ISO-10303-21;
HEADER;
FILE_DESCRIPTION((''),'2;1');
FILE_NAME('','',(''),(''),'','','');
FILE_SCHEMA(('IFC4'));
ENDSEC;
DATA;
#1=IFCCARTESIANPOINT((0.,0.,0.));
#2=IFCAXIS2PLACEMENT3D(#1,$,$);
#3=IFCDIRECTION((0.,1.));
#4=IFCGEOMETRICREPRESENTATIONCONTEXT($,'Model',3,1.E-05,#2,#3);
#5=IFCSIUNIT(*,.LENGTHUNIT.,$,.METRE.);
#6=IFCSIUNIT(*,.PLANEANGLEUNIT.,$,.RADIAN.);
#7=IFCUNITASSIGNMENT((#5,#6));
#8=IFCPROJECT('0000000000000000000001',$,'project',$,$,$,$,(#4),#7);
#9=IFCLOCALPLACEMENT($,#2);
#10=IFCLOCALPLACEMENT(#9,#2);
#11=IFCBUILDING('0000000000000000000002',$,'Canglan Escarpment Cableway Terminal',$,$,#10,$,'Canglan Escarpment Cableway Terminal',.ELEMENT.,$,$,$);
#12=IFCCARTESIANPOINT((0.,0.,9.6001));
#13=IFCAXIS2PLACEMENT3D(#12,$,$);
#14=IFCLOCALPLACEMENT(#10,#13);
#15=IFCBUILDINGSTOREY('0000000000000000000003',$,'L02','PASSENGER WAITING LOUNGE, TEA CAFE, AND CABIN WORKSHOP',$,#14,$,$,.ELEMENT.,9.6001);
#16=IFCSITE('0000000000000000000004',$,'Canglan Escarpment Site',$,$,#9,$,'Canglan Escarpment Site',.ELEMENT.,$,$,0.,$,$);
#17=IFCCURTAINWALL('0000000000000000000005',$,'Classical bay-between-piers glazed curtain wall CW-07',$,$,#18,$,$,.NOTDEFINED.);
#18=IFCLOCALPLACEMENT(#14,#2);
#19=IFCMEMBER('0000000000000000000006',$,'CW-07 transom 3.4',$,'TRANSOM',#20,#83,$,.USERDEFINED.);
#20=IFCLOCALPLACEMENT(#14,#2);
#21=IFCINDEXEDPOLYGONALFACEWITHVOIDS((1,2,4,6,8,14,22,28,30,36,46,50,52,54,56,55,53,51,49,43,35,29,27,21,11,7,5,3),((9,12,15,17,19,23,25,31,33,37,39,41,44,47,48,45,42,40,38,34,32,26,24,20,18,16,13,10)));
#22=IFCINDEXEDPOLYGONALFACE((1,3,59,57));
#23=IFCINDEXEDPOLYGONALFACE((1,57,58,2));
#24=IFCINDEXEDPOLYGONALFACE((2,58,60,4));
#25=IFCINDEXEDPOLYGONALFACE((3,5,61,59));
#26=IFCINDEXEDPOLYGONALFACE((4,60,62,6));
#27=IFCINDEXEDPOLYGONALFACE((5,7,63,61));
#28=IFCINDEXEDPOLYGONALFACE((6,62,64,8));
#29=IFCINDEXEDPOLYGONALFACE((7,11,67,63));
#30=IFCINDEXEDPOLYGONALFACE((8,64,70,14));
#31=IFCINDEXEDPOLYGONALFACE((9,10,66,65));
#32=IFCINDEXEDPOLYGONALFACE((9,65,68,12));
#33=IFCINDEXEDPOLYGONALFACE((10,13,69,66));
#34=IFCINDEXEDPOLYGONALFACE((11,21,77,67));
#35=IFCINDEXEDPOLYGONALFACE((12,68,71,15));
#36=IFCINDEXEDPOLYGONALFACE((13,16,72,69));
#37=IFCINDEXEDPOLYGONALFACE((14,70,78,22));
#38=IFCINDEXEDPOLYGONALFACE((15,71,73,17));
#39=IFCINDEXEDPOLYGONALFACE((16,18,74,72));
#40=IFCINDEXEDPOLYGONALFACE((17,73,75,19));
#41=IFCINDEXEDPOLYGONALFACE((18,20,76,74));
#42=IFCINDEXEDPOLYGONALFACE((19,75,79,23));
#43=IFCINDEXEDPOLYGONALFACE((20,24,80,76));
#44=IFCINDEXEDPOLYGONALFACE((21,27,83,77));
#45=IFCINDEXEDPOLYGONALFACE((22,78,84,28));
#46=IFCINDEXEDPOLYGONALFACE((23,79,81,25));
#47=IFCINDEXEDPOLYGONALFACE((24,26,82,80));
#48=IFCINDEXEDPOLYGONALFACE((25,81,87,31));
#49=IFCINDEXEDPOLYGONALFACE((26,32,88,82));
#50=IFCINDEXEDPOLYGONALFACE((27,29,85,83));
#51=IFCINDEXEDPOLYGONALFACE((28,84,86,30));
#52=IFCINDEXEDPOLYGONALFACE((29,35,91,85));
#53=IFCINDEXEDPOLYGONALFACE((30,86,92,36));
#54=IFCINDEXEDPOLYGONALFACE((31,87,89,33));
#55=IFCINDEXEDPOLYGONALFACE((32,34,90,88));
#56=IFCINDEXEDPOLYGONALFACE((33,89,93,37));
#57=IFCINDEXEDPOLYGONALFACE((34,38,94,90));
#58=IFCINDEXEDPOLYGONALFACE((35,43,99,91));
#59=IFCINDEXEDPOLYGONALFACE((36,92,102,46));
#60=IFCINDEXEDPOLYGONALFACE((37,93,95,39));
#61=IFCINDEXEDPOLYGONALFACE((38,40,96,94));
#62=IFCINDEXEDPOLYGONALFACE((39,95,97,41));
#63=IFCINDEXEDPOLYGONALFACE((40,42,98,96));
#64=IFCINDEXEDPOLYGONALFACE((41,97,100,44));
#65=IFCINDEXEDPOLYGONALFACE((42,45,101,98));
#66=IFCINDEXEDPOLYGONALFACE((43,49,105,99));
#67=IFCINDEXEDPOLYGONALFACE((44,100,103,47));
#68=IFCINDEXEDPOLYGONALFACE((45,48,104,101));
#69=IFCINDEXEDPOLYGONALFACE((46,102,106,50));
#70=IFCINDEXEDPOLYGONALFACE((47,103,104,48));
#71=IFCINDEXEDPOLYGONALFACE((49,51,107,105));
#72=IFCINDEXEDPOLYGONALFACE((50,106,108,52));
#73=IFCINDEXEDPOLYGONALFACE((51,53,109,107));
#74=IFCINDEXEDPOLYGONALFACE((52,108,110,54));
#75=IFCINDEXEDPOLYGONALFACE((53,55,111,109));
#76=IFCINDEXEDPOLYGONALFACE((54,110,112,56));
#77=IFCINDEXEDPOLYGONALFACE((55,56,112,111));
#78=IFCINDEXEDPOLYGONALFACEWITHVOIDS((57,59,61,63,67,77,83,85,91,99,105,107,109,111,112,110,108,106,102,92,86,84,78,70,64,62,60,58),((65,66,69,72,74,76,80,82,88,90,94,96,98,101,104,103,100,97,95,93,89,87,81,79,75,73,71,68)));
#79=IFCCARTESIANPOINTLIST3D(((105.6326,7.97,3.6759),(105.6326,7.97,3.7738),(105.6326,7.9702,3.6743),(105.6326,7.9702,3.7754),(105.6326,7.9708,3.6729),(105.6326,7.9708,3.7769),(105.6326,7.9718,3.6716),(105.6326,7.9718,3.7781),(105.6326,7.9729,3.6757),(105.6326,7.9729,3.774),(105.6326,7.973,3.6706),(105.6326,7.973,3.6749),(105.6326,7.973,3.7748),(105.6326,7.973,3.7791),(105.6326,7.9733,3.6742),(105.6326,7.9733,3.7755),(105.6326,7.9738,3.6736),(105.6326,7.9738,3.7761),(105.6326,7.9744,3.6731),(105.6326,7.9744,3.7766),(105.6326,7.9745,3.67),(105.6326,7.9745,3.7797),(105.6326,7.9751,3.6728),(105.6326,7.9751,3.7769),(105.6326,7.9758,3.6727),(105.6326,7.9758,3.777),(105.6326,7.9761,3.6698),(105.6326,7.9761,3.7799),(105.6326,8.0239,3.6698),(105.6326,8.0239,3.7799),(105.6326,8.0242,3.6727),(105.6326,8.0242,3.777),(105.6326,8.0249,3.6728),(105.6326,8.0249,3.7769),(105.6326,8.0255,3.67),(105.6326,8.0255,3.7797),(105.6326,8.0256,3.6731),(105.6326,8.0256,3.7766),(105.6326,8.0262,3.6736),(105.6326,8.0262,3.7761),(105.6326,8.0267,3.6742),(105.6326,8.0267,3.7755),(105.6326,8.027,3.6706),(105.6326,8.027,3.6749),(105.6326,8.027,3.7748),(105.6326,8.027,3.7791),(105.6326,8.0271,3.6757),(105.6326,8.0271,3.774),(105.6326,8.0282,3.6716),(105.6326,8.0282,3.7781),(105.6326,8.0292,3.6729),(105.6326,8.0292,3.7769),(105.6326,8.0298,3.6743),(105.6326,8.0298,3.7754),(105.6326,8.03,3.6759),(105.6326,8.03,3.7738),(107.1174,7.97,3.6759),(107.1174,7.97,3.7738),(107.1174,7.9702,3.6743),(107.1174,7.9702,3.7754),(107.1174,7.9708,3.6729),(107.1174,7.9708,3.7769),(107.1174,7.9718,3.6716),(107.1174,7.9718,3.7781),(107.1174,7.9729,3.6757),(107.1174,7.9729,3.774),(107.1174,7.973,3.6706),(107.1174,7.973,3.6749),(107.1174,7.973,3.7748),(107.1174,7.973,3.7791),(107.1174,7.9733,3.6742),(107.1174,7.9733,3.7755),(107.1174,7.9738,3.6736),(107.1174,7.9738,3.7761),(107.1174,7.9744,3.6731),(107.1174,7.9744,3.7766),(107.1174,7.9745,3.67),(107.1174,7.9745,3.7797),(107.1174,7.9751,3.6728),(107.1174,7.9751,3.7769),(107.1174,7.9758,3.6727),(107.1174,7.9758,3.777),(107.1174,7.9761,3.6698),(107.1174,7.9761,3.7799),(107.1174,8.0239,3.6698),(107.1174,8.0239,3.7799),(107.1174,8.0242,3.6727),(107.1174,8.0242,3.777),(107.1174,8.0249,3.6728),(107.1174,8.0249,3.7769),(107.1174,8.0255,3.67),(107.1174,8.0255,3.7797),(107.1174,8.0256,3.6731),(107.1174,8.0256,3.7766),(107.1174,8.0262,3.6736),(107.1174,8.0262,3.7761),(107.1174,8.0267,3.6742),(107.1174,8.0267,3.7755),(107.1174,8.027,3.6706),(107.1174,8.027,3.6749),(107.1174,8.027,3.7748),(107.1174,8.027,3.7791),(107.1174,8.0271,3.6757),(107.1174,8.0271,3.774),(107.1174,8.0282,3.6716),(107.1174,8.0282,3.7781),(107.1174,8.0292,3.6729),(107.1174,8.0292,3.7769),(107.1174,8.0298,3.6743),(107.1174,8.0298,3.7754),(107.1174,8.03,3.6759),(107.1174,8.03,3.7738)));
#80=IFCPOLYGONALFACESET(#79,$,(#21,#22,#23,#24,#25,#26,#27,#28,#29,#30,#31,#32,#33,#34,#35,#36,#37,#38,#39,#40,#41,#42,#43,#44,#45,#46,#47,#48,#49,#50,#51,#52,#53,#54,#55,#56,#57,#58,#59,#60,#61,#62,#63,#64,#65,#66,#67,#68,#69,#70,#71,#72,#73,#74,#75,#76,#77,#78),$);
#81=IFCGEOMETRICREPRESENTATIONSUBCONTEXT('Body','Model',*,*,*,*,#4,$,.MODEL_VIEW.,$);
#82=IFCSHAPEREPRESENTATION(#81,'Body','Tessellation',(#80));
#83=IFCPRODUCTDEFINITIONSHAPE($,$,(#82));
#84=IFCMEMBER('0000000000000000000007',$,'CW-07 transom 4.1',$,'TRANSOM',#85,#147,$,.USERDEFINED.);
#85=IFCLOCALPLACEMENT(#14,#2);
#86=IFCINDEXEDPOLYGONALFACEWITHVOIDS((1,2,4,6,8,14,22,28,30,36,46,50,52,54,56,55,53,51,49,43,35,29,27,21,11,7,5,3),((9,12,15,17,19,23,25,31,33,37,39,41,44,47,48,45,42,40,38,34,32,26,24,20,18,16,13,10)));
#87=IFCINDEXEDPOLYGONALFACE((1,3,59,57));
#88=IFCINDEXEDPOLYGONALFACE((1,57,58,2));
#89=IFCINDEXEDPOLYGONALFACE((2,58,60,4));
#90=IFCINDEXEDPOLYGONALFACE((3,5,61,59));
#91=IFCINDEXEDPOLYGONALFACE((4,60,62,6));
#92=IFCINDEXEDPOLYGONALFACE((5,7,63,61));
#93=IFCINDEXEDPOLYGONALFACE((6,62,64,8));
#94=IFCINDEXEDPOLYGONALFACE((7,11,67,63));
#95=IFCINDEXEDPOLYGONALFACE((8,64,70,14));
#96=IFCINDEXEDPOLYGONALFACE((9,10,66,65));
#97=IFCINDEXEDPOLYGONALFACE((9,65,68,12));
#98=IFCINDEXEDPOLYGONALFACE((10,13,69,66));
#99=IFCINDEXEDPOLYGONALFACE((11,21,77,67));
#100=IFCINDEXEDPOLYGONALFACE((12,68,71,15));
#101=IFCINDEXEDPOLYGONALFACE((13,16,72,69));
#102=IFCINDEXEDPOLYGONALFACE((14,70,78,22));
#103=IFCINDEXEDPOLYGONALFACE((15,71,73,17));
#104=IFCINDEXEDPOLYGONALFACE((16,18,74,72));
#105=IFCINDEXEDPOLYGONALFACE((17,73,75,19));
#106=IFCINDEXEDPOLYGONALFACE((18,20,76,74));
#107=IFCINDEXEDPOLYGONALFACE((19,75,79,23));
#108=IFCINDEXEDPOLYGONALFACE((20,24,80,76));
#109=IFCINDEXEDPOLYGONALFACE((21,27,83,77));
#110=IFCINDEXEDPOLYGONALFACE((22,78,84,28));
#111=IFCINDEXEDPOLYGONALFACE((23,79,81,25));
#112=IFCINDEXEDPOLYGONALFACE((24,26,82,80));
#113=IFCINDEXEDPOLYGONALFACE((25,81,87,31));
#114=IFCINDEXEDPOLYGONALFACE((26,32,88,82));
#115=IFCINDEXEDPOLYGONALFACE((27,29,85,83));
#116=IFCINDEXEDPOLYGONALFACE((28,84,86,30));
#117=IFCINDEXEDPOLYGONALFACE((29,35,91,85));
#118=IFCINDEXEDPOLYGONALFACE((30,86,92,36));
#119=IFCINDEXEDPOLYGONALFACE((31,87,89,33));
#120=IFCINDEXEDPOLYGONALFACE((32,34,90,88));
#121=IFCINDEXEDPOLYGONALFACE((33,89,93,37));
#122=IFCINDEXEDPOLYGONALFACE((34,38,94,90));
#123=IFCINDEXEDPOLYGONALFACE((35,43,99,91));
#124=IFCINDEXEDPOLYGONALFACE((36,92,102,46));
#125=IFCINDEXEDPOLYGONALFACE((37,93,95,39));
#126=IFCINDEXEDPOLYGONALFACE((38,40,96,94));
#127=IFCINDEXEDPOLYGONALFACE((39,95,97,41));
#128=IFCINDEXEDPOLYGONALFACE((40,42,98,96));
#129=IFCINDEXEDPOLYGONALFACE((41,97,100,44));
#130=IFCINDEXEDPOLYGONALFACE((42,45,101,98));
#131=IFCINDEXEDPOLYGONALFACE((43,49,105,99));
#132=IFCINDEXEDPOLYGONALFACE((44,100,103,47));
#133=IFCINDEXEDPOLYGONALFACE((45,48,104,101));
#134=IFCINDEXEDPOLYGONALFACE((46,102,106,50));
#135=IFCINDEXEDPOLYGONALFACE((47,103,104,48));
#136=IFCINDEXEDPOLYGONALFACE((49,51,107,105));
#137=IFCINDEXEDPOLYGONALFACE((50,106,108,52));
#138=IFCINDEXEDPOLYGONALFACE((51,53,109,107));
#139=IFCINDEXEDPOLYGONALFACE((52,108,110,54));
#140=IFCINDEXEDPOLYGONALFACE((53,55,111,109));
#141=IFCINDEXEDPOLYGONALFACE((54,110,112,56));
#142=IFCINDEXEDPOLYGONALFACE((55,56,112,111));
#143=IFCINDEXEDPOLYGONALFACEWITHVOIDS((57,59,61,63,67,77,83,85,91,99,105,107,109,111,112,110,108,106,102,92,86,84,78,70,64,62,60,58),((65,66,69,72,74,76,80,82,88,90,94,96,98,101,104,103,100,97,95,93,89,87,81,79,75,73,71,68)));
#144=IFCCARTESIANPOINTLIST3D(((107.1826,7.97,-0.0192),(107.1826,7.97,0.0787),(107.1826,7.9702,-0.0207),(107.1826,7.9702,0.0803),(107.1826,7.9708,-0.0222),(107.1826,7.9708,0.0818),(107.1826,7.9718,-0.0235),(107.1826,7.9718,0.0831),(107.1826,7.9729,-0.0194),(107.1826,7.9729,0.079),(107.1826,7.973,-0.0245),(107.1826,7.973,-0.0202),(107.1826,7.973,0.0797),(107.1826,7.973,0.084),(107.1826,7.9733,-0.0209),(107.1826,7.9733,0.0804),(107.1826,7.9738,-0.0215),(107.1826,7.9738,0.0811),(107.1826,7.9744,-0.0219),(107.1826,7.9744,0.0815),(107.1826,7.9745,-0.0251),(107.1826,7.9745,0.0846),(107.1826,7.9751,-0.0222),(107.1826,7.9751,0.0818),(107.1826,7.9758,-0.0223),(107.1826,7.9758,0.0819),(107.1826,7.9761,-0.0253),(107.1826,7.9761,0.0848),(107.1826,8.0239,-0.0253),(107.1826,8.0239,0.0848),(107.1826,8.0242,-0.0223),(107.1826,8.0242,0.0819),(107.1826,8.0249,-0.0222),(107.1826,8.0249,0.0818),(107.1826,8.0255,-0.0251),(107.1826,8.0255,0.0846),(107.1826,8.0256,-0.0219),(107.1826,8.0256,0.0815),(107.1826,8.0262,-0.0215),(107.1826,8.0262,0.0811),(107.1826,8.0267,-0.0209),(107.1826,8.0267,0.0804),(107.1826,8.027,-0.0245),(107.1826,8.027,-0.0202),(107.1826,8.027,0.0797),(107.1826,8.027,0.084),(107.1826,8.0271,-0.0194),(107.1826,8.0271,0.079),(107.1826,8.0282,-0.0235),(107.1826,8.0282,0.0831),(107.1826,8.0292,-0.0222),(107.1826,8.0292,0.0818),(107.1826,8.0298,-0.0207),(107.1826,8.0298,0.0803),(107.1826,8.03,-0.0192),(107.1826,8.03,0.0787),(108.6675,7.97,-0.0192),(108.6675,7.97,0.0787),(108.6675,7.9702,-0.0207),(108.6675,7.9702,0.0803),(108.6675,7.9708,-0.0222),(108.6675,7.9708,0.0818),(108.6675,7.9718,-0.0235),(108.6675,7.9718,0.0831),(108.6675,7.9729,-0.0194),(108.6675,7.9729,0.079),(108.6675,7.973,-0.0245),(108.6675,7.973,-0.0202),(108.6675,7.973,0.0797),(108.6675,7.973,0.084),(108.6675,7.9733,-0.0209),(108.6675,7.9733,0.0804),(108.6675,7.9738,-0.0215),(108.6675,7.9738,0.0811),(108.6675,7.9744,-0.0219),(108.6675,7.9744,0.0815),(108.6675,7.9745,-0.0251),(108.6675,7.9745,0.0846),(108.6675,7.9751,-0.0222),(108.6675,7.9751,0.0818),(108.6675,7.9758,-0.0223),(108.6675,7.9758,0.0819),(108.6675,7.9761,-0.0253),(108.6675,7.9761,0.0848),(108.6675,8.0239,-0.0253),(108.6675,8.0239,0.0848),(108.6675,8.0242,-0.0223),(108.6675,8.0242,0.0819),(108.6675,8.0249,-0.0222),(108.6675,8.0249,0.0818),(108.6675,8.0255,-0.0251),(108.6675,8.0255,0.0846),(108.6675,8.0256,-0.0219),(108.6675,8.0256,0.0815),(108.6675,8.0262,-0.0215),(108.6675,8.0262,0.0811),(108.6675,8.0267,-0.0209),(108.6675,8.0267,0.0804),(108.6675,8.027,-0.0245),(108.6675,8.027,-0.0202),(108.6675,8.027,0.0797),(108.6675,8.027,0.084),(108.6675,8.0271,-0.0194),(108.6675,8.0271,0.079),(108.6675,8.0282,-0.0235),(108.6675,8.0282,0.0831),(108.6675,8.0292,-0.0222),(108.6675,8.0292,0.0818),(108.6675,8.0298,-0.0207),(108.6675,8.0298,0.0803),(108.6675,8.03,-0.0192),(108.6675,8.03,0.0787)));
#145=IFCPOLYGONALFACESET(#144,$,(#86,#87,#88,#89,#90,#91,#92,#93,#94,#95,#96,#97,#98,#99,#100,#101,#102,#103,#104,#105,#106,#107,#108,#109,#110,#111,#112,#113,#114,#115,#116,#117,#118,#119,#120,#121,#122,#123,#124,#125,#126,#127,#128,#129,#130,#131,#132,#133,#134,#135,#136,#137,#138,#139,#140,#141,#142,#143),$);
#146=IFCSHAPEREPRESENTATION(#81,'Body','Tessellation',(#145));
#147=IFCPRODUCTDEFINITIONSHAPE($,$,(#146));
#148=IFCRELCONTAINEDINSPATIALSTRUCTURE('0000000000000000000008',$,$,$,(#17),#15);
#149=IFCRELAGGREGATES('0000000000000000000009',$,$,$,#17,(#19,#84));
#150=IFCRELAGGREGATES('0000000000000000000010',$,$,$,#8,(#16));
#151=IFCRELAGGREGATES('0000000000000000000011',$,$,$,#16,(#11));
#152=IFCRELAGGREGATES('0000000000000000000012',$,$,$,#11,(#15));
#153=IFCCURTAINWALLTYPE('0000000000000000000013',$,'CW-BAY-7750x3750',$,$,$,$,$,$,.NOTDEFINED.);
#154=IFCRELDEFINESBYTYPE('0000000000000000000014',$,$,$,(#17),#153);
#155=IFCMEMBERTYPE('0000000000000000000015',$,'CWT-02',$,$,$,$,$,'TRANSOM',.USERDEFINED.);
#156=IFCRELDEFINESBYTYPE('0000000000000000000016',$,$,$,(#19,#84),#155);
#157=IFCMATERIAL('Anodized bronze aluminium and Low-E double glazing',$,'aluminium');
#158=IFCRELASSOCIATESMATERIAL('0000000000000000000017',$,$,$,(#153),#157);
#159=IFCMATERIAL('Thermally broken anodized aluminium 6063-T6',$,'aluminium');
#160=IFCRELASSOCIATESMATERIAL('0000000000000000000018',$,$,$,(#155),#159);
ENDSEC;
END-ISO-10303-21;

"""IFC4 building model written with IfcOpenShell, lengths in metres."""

from ifc_helpers import new_model, si_unit, direction, frame, origin, origin_2d, place, context, subcontext, project, spatial, hollow_rectangle, extrude, material, material_profile, profile_set, type_object, element, aggregate, save


model = new_model("IFC4")

# Units and contexts
model_context = context("Model", 3, precision=1e-05, world=origin(), true_north=direction((0.0, 1.0)))
body_context = subcontext(model_context, "Body", "Model", "MODEL_VIEW")
ifc_project = project(units=[si_unit("LENGTHUNIT", "METRE"), si_unit("PLANEANGLEUNIT", "RADIAN")], contexts=[model_context])

# Site, building, storey
site_placement = place(None, origin())
site = spatial("IfcSite", under=ifc_project, at=site_placement, Name="Canglan Escarpment Site", LongName="Canglan Escarpment Site", CompositionType="ELEMENT", RefElevation=0.0)
building_placement = place(site_placement, origin())
building = spatial("IfcBuilding", under=site, at=building_placement, Name="Canglan Escarpment Cableway Terminal", LongName="Canglan Escarpment Cableway Terminal", CompositionType="ELEMENT")
storey_placement = place(building_placement, frame((0.0, 0.0, 9.6001)))
storey = spatial("IfcBuildingStorey", under=building, at=storey_placement, Name="L02", Description="PASSENGER WAITING LOUNGE, TEA CAFE, AND CABIN WORKSHOP", CompositionType="ELEMENT", Elevation=9.6001)

# Curtain wall, members
ifc_material_1 = material(Name="Anodized bronze aluminium and Low-E double glazing", Category="aluminium")
curtain_wall_type = type_object("IfcCurtainWallType", Name="CW-BAY-7750x3750", PredefinedType="NOTDEFINED", material=ifc_material_1)
curtain_wall_placement = place(storey_placement, origin())
curtain_wall = element("IfcCurtainWall", 1, at=curtain_wall_placement, inside=storey, type_object=curtain_wall_type, Name="Classical bay-between-piers glazed curtain wall CW-07", PredefinedType="NOTDEFINED")
ifc_material_2 = material(Name="Thermally broken anodized aluminium 6063-T6", Category="aluminium")
ifc_material_profile_1 = material_profile(ifc_material_2, hollow_rectangle(XDim=0.0601, YDim=0.1101, WallThickness=0.0029, InnerFilletRadius=0.0029, OuterFilletRadius=0.0061, at=origin_2d()), Name="ALU-TRAN 60x110x3")
ifc_profile_set_1 = profile_set([ifc_material_profile_1], Name="Thermally broken anodized aluminium 6063-T6")
member_type_1 = type_object("IfcMemberType", Name="CWT-02", ElementType="TRANSOM", PredefinedType="USERDEFINED", material=ifc_profile_set_1)
member_1_placement = place(storey_placement, frame((105.6326, 8.0, 3.7249), z_axis=(1.0, 0.0, 0.0), x_axis=(0.0, 1.0, 0.0)))
member_1 = element("IfcMember", 2, at=member_1_placement, type_object=member_type_1, Name="CW-07 transom 3.4", ObjectType="TRANSOM", PredefinedType="USERDEFINED", context=body_context, shape_type="SweptSolid", body=[
    extrude(hollow_rectangle(XDim=0.0601, YDim=0.1101, WallThickness=0.0029, InnerFilletRadius=0.0029, OuterFilletRadius=0.0061, at=origin_2d()), origin(), (0.0, 0.0, 1.0), 1.4849),
])
member_2_placement = place(storey_placement, frame((107.1826, 8.0, 0.0298), z_axis=(1.0, 0.0, 0.0), x_axis=(0.0, 1.0, 0.0)))
member_2 = element("IfcMember", 3, at=member_2_placement, type_object=member_type_1, Name="CW-07 transom 4.1", ObjectType="TRANSOM", PredefinedType="USERDEFINED", context=body_context, shape_type="SweptSolid", body=[
    extrude(hollow_rectangle(XDim=0.0601, YDim=0.1101, WallThickness=0.0029, InnerFilletRadius=0.0029, OuterFilletRadius=0.0061, at=origin_2d()), origin(), (0.0, 0.0, 1.0), 1.4849),
])
aggregate(curtain_wall, [member_1, member_2])

save(model, "model.ifc")
